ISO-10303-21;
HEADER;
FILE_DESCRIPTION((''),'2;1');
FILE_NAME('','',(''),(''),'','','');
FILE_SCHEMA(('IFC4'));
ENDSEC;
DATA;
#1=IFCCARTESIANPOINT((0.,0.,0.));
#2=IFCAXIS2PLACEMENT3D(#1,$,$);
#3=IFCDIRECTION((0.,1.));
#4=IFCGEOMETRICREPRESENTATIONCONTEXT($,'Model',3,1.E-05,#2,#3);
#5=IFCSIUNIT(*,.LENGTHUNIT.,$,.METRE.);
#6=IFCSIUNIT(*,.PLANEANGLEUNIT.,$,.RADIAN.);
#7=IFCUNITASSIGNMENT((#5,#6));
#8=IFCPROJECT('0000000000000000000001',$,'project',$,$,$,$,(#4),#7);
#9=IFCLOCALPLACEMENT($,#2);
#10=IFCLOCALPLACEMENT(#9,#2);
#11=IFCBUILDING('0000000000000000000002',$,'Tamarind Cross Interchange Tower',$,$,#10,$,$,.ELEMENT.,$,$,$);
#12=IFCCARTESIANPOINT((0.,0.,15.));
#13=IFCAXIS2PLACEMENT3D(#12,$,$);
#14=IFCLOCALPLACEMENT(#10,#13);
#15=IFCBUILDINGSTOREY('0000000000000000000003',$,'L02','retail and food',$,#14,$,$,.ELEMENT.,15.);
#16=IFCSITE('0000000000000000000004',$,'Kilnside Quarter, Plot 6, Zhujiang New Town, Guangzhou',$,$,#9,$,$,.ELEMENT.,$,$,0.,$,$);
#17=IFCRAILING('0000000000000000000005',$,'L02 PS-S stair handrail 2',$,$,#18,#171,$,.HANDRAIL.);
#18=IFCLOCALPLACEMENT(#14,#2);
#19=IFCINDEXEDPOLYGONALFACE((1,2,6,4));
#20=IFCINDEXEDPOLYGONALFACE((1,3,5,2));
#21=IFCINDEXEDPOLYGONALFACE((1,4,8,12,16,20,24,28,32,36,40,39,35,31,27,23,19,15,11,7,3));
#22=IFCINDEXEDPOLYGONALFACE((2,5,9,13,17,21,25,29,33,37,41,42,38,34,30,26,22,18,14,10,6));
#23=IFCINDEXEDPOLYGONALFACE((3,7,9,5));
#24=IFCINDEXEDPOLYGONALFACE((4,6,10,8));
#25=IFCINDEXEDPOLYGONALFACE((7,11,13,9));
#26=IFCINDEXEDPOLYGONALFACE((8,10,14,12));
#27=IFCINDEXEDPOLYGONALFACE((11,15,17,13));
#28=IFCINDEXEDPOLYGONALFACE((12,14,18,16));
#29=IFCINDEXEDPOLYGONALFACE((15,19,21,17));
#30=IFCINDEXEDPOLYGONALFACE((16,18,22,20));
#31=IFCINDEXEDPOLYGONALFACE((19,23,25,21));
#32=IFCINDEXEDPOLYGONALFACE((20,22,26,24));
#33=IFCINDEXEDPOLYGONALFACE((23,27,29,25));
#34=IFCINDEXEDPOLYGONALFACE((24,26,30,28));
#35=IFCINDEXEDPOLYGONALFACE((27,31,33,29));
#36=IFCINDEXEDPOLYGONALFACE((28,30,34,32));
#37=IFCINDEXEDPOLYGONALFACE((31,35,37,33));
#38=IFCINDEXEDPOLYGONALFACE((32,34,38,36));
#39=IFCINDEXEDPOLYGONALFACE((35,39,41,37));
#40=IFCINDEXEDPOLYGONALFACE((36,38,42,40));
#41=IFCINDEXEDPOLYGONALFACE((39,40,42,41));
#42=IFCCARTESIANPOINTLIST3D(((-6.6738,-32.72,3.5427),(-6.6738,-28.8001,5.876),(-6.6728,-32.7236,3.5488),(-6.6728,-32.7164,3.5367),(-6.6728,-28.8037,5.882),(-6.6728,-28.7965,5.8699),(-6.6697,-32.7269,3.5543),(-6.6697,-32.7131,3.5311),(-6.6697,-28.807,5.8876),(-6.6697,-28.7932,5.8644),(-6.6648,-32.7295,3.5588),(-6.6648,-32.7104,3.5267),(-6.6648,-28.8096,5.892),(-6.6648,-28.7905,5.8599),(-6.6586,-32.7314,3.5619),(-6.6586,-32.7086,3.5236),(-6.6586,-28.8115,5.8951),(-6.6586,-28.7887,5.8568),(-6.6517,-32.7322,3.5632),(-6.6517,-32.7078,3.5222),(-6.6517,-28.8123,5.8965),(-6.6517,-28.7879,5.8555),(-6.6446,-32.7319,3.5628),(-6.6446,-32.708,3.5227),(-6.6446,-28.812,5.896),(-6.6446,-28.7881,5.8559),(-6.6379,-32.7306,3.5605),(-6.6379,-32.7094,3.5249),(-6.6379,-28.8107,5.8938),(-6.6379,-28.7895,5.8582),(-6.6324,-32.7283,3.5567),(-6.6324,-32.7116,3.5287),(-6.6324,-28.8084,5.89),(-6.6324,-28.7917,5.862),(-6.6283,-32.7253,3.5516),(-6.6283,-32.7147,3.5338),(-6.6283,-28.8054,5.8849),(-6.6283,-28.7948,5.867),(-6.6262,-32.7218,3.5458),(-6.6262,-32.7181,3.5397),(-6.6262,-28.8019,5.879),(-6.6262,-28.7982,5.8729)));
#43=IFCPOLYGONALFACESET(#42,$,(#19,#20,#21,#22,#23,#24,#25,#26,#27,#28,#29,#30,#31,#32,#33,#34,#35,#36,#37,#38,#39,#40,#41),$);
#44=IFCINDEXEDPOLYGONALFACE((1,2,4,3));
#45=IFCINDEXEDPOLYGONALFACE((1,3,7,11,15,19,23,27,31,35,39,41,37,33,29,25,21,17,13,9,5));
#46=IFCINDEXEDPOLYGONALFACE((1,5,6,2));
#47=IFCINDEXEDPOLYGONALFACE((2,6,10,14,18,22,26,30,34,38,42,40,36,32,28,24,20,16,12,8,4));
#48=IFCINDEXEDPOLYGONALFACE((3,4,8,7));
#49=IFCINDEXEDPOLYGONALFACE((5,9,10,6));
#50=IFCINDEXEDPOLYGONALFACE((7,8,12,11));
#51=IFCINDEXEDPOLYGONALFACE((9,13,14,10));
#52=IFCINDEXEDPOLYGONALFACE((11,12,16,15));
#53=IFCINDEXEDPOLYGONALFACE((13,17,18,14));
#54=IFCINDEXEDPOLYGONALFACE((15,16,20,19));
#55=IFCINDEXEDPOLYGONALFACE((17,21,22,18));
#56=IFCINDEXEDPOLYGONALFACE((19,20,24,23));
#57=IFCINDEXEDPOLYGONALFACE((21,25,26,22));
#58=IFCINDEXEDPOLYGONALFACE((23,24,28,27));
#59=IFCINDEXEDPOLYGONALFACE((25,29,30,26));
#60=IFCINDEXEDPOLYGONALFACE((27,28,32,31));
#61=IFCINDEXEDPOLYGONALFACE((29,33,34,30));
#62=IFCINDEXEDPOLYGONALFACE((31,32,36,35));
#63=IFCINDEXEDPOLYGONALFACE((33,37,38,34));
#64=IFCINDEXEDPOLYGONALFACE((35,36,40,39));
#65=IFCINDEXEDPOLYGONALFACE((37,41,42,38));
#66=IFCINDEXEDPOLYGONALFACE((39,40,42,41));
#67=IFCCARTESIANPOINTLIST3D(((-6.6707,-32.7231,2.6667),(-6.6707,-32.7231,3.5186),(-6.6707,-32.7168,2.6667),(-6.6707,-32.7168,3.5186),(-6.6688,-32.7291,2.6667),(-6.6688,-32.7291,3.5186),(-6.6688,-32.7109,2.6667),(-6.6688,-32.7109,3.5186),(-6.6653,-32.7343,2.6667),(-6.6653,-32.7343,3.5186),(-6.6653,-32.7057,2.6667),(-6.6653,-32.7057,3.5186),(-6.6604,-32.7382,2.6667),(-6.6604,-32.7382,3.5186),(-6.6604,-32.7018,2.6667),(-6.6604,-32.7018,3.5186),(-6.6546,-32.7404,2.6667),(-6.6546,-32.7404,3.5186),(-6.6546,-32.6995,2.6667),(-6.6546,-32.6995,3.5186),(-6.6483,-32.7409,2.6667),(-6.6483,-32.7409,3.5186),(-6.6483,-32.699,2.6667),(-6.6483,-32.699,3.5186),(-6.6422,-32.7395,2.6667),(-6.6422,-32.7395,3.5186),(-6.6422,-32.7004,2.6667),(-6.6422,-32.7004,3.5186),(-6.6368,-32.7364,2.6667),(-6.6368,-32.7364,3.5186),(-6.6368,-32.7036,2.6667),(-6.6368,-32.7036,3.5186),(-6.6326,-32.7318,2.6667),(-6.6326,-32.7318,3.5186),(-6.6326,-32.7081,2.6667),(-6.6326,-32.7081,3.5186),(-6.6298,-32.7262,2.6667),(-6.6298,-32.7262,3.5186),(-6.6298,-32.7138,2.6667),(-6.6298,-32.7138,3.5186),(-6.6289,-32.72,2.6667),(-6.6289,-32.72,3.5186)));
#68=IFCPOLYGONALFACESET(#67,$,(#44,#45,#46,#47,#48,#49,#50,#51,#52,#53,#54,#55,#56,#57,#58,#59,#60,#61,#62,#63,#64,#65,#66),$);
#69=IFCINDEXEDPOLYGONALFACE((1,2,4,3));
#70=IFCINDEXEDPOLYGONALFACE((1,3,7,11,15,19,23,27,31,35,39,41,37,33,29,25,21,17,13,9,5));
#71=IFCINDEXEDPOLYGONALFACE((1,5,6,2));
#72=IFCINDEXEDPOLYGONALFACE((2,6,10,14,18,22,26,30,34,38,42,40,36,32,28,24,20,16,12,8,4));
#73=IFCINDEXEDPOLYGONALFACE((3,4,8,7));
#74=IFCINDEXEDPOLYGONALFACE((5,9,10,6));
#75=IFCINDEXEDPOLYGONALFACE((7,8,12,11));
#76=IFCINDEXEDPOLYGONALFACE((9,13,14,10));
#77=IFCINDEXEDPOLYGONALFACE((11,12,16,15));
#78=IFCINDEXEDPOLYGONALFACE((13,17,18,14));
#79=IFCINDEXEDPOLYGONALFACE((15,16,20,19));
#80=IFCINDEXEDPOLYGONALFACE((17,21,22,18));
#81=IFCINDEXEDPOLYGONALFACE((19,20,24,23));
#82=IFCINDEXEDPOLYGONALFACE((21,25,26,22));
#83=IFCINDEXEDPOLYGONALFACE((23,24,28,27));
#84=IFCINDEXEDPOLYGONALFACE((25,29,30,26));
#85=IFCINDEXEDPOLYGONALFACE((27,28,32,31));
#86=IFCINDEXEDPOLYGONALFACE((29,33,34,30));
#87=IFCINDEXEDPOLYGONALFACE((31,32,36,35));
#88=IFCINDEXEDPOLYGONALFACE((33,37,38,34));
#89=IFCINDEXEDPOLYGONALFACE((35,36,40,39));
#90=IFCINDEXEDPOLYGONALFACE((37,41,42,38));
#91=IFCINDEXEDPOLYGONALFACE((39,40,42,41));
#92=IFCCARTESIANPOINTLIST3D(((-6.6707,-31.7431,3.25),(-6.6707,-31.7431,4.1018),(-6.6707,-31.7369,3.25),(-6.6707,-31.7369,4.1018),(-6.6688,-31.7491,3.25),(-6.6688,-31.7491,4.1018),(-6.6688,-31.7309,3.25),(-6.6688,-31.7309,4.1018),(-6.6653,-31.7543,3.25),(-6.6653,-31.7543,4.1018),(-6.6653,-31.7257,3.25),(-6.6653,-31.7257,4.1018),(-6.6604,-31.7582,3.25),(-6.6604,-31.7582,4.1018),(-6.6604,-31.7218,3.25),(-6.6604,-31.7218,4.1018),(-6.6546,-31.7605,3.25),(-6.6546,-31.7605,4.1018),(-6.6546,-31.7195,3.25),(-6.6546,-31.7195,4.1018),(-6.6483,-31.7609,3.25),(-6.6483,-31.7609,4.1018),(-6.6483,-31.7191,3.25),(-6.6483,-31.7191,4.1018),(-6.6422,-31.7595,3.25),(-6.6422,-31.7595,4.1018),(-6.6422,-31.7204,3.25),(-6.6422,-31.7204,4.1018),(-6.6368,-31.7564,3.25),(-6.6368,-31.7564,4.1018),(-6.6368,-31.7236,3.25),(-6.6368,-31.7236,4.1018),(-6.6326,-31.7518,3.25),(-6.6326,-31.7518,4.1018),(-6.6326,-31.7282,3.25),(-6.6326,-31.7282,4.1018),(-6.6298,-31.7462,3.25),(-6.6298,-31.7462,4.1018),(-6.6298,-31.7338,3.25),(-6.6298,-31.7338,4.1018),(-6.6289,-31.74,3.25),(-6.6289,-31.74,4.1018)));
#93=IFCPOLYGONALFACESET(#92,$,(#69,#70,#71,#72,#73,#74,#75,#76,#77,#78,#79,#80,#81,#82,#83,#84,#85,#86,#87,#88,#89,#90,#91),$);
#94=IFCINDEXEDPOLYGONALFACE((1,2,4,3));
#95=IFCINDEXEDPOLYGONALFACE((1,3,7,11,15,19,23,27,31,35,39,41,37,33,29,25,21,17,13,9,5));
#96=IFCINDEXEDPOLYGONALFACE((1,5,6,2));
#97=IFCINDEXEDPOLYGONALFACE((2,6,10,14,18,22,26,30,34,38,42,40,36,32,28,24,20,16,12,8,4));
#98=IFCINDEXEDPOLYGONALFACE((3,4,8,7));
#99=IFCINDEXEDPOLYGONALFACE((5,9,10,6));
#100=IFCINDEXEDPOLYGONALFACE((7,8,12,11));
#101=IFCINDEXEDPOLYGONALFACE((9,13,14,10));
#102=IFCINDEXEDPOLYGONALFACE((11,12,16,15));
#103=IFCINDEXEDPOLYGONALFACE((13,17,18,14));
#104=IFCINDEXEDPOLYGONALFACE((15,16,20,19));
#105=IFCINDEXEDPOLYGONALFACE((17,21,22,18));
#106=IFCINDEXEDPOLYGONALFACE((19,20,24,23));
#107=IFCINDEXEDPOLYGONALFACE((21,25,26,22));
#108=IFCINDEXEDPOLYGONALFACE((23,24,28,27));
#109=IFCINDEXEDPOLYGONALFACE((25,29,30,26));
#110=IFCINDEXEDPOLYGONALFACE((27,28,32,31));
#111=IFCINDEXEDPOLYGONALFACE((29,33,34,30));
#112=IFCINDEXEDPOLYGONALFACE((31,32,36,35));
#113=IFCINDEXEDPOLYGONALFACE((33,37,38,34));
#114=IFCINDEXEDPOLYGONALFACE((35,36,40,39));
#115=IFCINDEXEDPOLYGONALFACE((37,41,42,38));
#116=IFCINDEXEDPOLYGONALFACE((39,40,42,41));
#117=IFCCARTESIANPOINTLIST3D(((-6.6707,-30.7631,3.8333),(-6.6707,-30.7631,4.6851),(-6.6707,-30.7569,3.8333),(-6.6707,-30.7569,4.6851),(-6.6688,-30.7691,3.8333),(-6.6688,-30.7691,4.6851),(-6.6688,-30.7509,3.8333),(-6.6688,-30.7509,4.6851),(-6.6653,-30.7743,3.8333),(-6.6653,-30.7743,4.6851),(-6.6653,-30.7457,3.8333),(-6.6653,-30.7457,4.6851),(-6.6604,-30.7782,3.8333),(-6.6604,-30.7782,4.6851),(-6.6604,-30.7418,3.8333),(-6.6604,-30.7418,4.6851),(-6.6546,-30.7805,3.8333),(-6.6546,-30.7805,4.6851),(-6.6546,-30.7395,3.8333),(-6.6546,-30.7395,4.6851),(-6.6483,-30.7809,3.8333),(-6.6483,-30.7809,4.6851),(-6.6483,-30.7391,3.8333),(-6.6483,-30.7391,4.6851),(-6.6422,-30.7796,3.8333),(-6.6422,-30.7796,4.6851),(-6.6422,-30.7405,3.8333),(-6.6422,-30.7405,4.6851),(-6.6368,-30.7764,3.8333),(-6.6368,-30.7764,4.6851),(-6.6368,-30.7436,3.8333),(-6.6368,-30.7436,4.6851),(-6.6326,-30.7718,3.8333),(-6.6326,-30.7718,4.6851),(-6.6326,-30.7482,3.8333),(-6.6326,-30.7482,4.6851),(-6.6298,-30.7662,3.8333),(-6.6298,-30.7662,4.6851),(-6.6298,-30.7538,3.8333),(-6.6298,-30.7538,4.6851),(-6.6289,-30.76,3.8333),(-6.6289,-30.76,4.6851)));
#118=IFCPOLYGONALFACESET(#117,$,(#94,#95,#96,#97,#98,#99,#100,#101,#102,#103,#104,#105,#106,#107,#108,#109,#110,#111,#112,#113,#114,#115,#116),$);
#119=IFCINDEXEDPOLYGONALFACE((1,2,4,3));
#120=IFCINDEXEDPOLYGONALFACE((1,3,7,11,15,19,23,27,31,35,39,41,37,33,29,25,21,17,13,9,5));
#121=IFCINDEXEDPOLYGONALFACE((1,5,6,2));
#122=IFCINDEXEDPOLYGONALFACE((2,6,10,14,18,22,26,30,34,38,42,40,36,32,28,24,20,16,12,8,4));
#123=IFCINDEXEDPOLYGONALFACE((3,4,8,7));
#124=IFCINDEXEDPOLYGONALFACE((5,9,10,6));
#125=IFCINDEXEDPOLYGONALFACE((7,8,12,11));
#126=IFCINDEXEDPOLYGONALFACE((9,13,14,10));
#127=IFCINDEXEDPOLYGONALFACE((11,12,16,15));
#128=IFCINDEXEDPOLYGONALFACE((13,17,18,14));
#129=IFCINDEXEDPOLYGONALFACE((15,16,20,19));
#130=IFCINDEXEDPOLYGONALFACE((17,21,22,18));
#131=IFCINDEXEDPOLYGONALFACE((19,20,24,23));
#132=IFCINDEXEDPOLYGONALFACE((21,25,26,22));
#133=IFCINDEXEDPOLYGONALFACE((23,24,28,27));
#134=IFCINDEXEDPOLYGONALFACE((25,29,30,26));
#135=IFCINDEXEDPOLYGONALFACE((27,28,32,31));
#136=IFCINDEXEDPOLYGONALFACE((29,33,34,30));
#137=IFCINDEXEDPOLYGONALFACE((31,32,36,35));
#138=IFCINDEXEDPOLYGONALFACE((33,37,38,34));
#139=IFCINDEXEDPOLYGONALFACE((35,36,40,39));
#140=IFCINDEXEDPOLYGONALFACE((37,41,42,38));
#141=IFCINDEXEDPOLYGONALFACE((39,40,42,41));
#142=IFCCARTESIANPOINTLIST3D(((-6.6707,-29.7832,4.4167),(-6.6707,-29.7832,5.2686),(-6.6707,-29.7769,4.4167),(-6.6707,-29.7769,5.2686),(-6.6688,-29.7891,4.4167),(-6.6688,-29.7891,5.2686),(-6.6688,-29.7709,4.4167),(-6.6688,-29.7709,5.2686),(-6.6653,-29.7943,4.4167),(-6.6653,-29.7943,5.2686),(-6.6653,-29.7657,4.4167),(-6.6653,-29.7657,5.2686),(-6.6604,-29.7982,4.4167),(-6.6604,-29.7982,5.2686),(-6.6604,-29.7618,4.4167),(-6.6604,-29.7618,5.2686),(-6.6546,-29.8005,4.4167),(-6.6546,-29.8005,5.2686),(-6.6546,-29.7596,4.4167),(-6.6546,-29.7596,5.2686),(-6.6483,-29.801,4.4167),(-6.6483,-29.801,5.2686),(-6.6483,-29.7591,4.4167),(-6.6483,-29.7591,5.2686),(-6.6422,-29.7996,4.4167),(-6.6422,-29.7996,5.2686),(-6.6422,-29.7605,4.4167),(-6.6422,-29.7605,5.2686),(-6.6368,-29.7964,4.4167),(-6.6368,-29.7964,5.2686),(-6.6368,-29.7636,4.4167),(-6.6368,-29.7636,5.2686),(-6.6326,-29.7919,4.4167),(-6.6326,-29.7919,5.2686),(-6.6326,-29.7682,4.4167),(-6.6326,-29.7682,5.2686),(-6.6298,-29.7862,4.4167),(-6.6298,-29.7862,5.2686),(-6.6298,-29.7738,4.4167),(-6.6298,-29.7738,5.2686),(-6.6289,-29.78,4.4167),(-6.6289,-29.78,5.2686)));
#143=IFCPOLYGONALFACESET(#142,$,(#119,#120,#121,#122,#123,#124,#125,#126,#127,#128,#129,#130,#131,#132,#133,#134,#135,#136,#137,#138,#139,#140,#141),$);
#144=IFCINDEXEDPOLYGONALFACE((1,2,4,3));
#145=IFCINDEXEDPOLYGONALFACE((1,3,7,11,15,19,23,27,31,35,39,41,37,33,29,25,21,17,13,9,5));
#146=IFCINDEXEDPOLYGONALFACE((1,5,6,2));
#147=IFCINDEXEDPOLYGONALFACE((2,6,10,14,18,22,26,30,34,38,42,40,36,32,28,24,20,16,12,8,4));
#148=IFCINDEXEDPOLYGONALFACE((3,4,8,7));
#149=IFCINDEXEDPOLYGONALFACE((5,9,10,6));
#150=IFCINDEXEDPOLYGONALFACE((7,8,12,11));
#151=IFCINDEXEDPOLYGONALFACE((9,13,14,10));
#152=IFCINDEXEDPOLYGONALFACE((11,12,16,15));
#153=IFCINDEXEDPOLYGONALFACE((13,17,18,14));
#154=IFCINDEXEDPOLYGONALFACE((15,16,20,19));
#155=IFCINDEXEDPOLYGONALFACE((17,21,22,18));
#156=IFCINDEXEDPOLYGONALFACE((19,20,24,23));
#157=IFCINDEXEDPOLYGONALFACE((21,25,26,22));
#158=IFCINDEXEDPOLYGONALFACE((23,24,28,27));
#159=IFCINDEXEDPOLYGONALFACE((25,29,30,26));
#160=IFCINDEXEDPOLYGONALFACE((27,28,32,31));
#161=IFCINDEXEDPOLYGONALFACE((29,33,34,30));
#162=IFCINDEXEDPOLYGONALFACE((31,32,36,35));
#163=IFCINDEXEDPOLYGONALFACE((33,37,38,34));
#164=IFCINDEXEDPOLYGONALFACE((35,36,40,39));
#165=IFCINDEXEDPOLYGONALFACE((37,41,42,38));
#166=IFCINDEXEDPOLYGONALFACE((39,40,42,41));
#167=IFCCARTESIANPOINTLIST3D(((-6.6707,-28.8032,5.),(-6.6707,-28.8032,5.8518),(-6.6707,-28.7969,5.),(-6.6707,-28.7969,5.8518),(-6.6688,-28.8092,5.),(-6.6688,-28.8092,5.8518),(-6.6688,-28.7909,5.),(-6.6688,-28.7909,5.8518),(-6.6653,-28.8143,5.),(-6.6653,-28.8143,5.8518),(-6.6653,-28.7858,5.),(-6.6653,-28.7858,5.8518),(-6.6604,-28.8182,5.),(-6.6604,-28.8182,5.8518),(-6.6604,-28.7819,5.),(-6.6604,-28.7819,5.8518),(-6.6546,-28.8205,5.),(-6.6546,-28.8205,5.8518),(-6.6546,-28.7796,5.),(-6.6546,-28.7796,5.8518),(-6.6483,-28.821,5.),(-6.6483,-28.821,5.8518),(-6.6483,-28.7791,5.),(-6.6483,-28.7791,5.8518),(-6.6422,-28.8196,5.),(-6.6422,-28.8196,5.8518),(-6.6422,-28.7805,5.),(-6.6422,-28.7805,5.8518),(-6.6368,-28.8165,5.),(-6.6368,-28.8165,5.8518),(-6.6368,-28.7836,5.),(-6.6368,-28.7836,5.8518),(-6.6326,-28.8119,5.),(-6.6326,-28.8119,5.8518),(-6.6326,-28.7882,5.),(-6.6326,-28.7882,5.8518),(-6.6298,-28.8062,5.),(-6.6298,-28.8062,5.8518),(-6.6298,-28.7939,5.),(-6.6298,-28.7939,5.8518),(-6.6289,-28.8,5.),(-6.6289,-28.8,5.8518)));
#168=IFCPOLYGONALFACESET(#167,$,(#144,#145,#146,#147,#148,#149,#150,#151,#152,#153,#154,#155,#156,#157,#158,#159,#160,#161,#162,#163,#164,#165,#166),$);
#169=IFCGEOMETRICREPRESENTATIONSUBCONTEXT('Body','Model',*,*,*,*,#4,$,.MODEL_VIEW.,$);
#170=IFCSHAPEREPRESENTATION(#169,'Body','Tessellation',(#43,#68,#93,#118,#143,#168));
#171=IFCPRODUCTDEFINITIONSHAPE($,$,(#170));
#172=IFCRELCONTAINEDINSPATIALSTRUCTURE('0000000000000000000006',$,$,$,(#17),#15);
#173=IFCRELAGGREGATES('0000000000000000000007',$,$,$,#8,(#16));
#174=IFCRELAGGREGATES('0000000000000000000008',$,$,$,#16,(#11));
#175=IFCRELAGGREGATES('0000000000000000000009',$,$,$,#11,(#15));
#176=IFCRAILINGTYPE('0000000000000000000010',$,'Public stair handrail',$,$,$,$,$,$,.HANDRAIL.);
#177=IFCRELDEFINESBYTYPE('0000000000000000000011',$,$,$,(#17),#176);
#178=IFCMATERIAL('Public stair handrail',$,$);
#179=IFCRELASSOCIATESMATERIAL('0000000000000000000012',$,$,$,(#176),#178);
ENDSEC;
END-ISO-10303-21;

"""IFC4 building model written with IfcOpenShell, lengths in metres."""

from ifc_helpers import new_model, si_unit, direction, frame, origin, origin_2d, place, context, subcontext, project, spatial, circle, extrude, material, type_object, element, save


model = new_model("IFC4")

# Units and contexts
model_context = context("Model", 3, precision=1e-05, world=origin(), true_north=direction((0.0, 1.0)))
body_context = subcontext(model_context, "Body", "Model", "MODEL_VIEW")
ifc_project = project(units=[si_unit("LENGTHUNIT", "METRE"), si_unit("PLANEANGLEUNIT", "RADIAN")], contexts=[model_context])

# Site, building, storey
site_placement = place(None, origin())
site = spatial("IfcSite", under=ifc_project, at=site_placement, Name="Kilnside Quarter, Plot 6, Zhujiang New Town, Guangzhou", CompositionType="ELEMENT", RefElevation=0.0)
building_placement = place(site_placement, origin())
building = spatial("IfcBuilding", under=site, at=building_placement, Name="Tamarind Cross Interchange Tower", CompositionType="ELEMENT")
storey_placement = place(building_placement, frame((0.0, 0.0, 15.0)))
storey = spatial("IfcBuildingStorey", under=building, at=storey_placement, Name="L02", Description="retail and food", CompositionType="ELEMENT", Elevation=15.0)

# Railing
ifc_material_1 = material(Name="Public stair handrail")
railing_type_1 = type_object("IfcRailingType", Name="Public stair handrail", PredefinedType="HANDRAIL", material=ifc_material_1)
railing_1_placement = place(storey_placement, frame((-6.6499, -32.72, 2.6667)))
element("IfcRailing", 1, at=railing_1_placement, inside=storey, type_object=railing_type_1, Name="L02 PS-S stair handrail 2", PredefinedType="HANDRAIL", context=body_context, shape_type="SweptSolid", body=[
    extrude(circle(Radius=0.0239, at=origin_2d()), frame((0.0, 0.0, 0.876), z_axis=(0.0, 0.859296, 0.511478), x_axis=(-1.0, 0.0, 0.0)), (0.0, 0.0, 1.0), 4.5618),
    extrude(circle(Radius=0.021, at=origin_2d()), origin(), (0.0, 0.0, 1.0), 0.8518),
    extrude(circle(Radius=0.021, at=origin_2d()), frame((0.0, 0.98, 0.5833)), (0.0, 0.0, 1.0), 0.8518),
    extrude(circle(Radius=0.021, at=origin_2d()), frame((0.0, 1.96, 1.1665)), (0.0, 0.0, 1.0), 0.8518),
    extrude(circle(Radius=0.021, at=origin_2d()), frame((0.0, 2.9399, 1.75)), (0.0, 0.0, 1.0), 0.8518),
    extrude(circle(Radius=0.021, at=origin_2d()), frame((0.0, 3.9199, 2.3333)), (0.0, 0.0, 1.0), 0.8518),
])

save(model, "model.ifc")
